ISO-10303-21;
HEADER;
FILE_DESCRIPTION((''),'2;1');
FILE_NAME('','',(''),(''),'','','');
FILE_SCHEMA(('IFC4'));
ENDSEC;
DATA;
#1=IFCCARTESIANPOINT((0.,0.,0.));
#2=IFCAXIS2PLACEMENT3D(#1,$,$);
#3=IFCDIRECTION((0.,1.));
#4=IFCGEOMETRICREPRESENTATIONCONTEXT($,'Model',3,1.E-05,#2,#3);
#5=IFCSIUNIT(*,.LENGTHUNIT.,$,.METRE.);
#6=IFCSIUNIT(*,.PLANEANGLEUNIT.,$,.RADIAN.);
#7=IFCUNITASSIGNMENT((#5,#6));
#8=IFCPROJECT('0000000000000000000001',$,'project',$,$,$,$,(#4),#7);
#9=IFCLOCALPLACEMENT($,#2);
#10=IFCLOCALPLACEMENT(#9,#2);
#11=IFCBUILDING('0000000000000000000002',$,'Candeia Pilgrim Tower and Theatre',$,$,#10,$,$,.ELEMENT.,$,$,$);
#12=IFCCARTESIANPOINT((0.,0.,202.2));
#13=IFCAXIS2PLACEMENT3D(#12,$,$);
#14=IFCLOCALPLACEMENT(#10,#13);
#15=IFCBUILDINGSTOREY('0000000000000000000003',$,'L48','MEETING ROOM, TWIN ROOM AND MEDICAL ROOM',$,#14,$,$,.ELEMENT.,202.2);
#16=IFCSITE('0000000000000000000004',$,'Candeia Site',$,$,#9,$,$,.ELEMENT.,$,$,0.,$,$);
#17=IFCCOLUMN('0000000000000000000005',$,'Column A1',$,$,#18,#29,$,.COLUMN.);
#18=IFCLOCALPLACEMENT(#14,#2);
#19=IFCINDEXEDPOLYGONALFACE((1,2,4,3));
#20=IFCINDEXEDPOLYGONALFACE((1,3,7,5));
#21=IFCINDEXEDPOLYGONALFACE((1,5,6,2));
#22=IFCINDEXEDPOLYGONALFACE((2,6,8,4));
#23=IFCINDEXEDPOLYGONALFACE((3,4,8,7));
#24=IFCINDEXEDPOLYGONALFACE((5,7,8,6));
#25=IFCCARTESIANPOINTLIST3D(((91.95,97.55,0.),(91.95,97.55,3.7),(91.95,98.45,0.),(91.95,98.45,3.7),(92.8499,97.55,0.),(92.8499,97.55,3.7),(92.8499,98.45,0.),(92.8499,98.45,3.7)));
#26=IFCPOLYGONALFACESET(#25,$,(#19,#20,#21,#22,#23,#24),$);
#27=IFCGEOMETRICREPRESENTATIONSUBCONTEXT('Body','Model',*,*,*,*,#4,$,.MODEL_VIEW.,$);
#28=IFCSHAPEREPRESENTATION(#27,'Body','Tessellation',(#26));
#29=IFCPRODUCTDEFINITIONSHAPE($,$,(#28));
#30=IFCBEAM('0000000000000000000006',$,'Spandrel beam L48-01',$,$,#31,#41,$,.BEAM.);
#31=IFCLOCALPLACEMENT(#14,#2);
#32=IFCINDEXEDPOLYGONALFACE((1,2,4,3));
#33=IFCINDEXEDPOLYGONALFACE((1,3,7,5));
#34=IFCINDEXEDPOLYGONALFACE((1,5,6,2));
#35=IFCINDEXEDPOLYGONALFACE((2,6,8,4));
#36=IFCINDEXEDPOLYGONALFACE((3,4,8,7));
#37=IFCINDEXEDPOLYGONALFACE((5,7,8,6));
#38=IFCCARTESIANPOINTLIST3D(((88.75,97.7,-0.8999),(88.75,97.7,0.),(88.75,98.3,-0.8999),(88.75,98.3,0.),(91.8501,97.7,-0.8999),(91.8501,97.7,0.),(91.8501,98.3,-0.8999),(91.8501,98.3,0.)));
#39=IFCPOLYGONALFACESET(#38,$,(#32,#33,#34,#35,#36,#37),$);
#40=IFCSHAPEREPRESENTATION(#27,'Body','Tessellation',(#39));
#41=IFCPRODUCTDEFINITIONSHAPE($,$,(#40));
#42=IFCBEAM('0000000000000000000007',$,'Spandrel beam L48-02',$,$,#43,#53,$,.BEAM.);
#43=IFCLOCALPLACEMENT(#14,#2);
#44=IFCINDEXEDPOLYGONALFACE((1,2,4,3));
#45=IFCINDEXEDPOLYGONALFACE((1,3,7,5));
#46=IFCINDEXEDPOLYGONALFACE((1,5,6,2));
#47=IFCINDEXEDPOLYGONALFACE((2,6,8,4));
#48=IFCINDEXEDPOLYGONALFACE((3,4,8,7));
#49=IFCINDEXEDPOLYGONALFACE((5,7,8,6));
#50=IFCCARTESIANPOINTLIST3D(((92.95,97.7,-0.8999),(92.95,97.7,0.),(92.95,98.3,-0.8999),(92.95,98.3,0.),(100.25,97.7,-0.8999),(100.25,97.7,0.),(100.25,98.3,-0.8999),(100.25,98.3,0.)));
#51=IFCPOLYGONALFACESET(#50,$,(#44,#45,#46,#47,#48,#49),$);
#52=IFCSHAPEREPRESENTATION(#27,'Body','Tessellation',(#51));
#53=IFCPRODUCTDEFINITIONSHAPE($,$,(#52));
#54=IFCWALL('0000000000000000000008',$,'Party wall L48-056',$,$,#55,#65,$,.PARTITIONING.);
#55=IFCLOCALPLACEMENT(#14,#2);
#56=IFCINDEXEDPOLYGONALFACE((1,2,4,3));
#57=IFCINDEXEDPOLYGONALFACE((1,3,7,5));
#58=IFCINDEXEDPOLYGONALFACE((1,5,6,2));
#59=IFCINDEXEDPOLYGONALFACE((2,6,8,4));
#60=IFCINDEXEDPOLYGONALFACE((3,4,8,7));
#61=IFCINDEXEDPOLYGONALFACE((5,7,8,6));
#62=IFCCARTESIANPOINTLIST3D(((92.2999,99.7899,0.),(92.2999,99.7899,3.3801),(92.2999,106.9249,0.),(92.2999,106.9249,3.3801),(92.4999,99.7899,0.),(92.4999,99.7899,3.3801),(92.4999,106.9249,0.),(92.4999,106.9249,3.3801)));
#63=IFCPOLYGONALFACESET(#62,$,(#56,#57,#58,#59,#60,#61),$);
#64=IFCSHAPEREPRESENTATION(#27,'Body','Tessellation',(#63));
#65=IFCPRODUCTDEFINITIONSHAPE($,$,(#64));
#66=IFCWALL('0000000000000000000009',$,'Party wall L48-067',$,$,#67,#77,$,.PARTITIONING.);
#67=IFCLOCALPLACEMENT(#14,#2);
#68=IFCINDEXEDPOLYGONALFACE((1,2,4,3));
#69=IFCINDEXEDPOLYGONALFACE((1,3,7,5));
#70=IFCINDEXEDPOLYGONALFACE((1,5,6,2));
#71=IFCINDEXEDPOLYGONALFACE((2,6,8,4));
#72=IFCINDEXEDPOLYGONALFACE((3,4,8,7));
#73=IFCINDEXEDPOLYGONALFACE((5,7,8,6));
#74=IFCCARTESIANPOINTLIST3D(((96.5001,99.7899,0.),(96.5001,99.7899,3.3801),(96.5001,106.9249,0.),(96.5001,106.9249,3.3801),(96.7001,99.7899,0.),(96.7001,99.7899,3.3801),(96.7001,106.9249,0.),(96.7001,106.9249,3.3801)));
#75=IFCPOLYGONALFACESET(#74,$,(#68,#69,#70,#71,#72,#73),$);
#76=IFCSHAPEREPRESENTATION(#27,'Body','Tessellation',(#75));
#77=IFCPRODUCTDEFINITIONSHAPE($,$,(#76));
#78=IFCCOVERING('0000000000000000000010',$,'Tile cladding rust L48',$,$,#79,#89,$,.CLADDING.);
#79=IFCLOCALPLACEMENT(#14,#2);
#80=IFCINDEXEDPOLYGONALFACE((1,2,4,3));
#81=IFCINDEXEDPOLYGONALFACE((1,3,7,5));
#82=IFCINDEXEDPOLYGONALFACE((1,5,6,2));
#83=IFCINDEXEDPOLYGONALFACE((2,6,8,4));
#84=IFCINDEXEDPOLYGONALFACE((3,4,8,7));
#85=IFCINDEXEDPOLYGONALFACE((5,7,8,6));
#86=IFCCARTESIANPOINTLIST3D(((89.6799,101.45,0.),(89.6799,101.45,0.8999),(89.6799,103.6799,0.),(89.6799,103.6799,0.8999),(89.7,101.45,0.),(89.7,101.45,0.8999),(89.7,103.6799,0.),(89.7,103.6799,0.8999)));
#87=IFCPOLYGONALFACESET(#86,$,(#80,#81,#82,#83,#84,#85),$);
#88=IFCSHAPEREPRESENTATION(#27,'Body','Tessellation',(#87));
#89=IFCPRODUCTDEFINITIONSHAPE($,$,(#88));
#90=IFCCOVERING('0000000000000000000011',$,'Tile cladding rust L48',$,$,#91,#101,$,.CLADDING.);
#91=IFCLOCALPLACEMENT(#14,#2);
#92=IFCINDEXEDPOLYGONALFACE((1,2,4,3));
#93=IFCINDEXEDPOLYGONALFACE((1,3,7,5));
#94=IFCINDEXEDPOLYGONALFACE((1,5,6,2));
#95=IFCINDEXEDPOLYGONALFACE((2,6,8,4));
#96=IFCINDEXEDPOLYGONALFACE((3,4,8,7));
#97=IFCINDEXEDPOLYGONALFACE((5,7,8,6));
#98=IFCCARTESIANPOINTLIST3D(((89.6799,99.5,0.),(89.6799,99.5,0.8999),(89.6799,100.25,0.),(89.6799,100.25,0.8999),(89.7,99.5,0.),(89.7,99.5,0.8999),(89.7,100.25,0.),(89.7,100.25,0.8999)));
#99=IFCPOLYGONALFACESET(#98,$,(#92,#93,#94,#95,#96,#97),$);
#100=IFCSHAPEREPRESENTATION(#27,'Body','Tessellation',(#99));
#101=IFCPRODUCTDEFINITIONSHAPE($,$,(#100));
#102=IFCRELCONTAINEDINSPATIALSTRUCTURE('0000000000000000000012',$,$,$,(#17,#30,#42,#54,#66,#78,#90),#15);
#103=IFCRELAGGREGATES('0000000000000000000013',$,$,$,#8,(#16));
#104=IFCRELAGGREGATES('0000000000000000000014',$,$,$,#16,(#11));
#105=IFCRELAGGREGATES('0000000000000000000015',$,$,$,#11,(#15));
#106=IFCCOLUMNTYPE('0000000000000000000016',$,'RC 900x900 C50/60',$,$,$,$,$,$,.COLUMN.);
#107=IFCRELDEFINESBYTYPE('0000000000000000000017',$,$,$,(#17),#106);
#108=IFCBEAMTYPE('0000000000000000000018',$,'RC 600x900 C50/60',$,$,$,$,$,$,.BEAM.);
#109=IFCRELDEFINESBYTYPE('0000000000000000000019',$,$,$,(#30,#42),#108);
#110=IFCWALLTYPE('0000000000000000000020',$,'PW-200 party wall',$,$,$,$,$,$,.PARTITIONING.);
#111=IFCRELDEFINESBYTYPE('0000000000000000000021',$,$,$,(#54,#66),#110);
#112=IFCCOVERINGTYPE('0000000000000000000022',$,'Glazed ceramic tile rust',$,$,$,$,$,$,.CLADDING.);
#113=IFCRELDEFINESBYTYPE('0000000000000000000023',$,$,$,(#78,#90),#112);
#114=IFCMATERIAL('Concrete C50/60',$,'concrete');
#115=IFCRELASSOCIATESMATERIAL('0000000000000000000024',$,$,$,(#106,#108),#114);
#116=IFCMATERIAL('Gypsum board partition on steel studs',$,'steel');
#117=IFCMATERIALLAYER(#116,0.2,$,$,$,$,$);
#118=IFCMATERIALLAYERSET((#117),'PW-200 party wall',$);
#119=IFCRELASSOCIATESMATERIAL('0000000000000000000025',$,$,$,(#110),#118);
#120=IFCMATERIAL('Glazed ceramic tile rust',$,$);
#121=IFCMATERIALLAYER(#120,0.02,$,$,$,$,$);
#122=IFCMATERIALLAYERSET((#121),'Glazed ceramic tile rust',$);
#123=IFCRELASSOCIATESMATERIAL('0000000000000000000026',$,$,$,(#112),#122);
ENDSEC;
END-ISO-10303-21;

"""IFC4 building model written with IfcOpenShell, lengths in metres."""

from ifc_helpers import new_model, si_unit, direction, frame, frame_2d, origin, origin_2d, place, context, subcontext, project, spatial, rectangle, extrude, material, layer, layer_set, material_profile, profile_set, type_object, element, save


model = new_model("IFC4")

# Units and contexts
model_context = context("Model", 3, precision=1e-05, world=origin(), true_north=direction((0.0, 1.0)))
body_context = subcontext(model_context, "Body", "Model", "MODEL_VIEW")
ifc_project = project(units=[si_unit("LENGTHUNIT", "METRE"), si_unit("PLANEANGLEUNIT", "RADIAN")], contexts=[model_context])

# Site, building, storey
site_placement = place(None, origin())
site = spatial("IfcSite", under=ifc_project, at=site_placement, Name="Candeia Site", CompositionType="ELEMENT", RefElevation=0.0)
building_placement = place(site_placement, origin())
building = spatial("IfcBuilding", under=site, at=building_placement, Name="Candeia Pilgrim Tower and Theatre", CompositionType="ELEMENT")
storey_placement = place(building_placement, frame((0.0, 0.0, 202.2)))
storey = spatial("IfcBuildingStorey", under=building, at=storey_placement, Name="L48", Description="MEETING ROOM, TWIN ROOM AND MEDICAL ROOM", CompositionType="ELEMENT", Elevation=202.2)

# Column
ifc_material_1 = material(Name="Concrete C50/60", Category="concrete")
ifc_material_profile_1 = material_profile(ifc_material_1, rectangle(XDim=0.8999, YDim=0.8999, at=origin_2d()))
ifc_profile_set_1 = profile_set([ifc_material_profile_1], Name="Concrete C50/60")
column_type = type_object("IfcColumnType", Name="RC 900x900 C50/60", PredefinedType="COLUMN", material=ifc_profile_set_1)
column_placement = place(storey_placement, frame((92.3999, 98.0, 0.0), z_axis=(0.0, 0.0, 1.0), x_axis=(1.0, 0.0, 0.0)))
element("IfcColumn", 1, at=column_placement, inside=storey, type_object=column_type, Name="Column A1", PredefinedType="COLUMN", context=body_context, shape_type="SweptSolid", body=[
    extrude(rectangle(XDim=0.8999, YDim=0.8999, at=origin_2d()), origin(), (0.0, 0.0, 1.0), 3.7),
])

# Beams
ifc_material_profile_2 = material_profile(ifc_material_1, rectangle(XDim=0.6001, YDim=0.8999, at=origin_2d()))
ifc_profile_set_2 = profile_set([ifc_material_profile_2], Name="Concrete C50/60")
beam_type = type_object("IfcBeamType", Name="RC 600x900 C50/60", PredefinedType="BEAM", material=ifc_profile_set_2)
beam_1_placement = place(storey_placement, frame((88.75, 98.0, -0.45), z_axis=(1.0, 0.0, 0.0), x_axis=(0.0, 1.0, 0.0)))
element("IfcBeam", 2, at=beam_1_placement, inside=storey, type_object=beam_type, Name="Spandrel beam L48-01", PredefinedType="BEAM", context=body_context, shape_type="SweptSolid", body=[
    extrude(rectangle(XDim=0.6001, YDim=0.8999, at=origin_2d()), origin(), (0.0, 0.0, 1.0), 3.1001),
])
beam_2_placement = place(storey_placement, frame((92.95, 98.0, -0.45), z_axis=(1.0, 0.0, 0.0), x_axis=(0.0, 1.0, 0.0)))
element("IfcBeam", 3, at=beam_2_placement, inside=storey, type_object=beam_type, Name="Spandrel beam L48-02", PredefinedType="BEAM", context=body_context, shape_type="SweptSolid", body=[
    extrude(rectangle(XDim=0.6001, YDim=0.8999, at=origin_2d()), origin(), (0.0, 0.0, 1.0), 7.3),
])

# Walls
ifc_material_2 = material(Name="Gypsum board partition on steel studs", Category="steel")
ifc_layer_1 = layer(ifc_material_2, 0.2)
ifc_layer_set_1 = layer_set([ifc_layer_1], Name="PW-200 party wall")
wall_type_1 = type_object("IfcWallType", Name="PW-200 party wall", PredefinedType="PARTITIONING", material=ifc_layer_set_1)
for number, where, z_axis, x_axis, name in (
    (4, (92.3999, 99.79, 0.0), (0.0, 0.0, 1.0), (0.0, 1.0, 0.0), "Party wall L48-056"),
    (5, (96.6001, 99.79, 0.0), (0.0, 0.0, 1.0), (0.0, 1.0, 0.0), "Party wall L48-067"),
):
    element("IfcWall", number, at=place(storey_placement, frame(where, z_axis=z_axis, x_axis=x_axis)), inside=storey, type_object=wall_type_1, Name=name, PredefinedType="PARTITIONING", context=body_context, shape_type="SweptSolid", body=[
        extrude(rectangle(XDim=7.135, YDim=0.2, at=frame_2d((3.5674, 0.0))), origin(), (0.0, 0.0, 1.0), 3.3801),
    ])

# Coverings
ifc_material_3 = material(Name="Glazed ceramic tile rust")
ifc_layer_2 = layer(ifc_material_3, 0.02)
ifc_layer_set_2 = layer_set([ifc_layer_2], Name="Glazed ceramic tile rust")
covering_type = type_object("IfcCoveringType", Name="Glazed ceramic tile rust", PredefinedType="CLADDING", material=ifc_layer_set_2)
covering_1_placement = place(storey_placement, frame((89.6899, 102.5649, 0.0), z_axis=(0.0, 0.0, 1.0), x_axis=(0.0, -1.0, 0.0)))
element("IfcCovering", 6, at=covering_1_placement, inside=storey, type_object=covering_type, Name="Tile cladding rust L48", PredefinedType="CLADDING", context=body_context, shape_type="SweptSolid", body=[
    extrude(rectangle(XDim=2.23, YDim=0.02, at=origin_2d()), origin(), (0.0, 0.0, 1.0), 0.8999),
])
covering_2_placement = place(storey_placement, frame((89.6899, 99.875, 0.0), z_axis=(0.0, 0.0, 1.0), x_axis=(0.0, -1.0, 0.0)))
element("IfcCovering", 7, at=covering_2_placement, inside=storey, type_object=covering_type, Name="Tile cladding rust L48", PredefinedType="CLADDING", context=body_context, shape_type="SweptSolid", body=[
    extrude(rectangle(XDim=0.75, YDim=0.02, at=origin_2d()), origin(), (0.0, 0.0, 1.0), 0.8999),
])

save(model, "model.ifc")
